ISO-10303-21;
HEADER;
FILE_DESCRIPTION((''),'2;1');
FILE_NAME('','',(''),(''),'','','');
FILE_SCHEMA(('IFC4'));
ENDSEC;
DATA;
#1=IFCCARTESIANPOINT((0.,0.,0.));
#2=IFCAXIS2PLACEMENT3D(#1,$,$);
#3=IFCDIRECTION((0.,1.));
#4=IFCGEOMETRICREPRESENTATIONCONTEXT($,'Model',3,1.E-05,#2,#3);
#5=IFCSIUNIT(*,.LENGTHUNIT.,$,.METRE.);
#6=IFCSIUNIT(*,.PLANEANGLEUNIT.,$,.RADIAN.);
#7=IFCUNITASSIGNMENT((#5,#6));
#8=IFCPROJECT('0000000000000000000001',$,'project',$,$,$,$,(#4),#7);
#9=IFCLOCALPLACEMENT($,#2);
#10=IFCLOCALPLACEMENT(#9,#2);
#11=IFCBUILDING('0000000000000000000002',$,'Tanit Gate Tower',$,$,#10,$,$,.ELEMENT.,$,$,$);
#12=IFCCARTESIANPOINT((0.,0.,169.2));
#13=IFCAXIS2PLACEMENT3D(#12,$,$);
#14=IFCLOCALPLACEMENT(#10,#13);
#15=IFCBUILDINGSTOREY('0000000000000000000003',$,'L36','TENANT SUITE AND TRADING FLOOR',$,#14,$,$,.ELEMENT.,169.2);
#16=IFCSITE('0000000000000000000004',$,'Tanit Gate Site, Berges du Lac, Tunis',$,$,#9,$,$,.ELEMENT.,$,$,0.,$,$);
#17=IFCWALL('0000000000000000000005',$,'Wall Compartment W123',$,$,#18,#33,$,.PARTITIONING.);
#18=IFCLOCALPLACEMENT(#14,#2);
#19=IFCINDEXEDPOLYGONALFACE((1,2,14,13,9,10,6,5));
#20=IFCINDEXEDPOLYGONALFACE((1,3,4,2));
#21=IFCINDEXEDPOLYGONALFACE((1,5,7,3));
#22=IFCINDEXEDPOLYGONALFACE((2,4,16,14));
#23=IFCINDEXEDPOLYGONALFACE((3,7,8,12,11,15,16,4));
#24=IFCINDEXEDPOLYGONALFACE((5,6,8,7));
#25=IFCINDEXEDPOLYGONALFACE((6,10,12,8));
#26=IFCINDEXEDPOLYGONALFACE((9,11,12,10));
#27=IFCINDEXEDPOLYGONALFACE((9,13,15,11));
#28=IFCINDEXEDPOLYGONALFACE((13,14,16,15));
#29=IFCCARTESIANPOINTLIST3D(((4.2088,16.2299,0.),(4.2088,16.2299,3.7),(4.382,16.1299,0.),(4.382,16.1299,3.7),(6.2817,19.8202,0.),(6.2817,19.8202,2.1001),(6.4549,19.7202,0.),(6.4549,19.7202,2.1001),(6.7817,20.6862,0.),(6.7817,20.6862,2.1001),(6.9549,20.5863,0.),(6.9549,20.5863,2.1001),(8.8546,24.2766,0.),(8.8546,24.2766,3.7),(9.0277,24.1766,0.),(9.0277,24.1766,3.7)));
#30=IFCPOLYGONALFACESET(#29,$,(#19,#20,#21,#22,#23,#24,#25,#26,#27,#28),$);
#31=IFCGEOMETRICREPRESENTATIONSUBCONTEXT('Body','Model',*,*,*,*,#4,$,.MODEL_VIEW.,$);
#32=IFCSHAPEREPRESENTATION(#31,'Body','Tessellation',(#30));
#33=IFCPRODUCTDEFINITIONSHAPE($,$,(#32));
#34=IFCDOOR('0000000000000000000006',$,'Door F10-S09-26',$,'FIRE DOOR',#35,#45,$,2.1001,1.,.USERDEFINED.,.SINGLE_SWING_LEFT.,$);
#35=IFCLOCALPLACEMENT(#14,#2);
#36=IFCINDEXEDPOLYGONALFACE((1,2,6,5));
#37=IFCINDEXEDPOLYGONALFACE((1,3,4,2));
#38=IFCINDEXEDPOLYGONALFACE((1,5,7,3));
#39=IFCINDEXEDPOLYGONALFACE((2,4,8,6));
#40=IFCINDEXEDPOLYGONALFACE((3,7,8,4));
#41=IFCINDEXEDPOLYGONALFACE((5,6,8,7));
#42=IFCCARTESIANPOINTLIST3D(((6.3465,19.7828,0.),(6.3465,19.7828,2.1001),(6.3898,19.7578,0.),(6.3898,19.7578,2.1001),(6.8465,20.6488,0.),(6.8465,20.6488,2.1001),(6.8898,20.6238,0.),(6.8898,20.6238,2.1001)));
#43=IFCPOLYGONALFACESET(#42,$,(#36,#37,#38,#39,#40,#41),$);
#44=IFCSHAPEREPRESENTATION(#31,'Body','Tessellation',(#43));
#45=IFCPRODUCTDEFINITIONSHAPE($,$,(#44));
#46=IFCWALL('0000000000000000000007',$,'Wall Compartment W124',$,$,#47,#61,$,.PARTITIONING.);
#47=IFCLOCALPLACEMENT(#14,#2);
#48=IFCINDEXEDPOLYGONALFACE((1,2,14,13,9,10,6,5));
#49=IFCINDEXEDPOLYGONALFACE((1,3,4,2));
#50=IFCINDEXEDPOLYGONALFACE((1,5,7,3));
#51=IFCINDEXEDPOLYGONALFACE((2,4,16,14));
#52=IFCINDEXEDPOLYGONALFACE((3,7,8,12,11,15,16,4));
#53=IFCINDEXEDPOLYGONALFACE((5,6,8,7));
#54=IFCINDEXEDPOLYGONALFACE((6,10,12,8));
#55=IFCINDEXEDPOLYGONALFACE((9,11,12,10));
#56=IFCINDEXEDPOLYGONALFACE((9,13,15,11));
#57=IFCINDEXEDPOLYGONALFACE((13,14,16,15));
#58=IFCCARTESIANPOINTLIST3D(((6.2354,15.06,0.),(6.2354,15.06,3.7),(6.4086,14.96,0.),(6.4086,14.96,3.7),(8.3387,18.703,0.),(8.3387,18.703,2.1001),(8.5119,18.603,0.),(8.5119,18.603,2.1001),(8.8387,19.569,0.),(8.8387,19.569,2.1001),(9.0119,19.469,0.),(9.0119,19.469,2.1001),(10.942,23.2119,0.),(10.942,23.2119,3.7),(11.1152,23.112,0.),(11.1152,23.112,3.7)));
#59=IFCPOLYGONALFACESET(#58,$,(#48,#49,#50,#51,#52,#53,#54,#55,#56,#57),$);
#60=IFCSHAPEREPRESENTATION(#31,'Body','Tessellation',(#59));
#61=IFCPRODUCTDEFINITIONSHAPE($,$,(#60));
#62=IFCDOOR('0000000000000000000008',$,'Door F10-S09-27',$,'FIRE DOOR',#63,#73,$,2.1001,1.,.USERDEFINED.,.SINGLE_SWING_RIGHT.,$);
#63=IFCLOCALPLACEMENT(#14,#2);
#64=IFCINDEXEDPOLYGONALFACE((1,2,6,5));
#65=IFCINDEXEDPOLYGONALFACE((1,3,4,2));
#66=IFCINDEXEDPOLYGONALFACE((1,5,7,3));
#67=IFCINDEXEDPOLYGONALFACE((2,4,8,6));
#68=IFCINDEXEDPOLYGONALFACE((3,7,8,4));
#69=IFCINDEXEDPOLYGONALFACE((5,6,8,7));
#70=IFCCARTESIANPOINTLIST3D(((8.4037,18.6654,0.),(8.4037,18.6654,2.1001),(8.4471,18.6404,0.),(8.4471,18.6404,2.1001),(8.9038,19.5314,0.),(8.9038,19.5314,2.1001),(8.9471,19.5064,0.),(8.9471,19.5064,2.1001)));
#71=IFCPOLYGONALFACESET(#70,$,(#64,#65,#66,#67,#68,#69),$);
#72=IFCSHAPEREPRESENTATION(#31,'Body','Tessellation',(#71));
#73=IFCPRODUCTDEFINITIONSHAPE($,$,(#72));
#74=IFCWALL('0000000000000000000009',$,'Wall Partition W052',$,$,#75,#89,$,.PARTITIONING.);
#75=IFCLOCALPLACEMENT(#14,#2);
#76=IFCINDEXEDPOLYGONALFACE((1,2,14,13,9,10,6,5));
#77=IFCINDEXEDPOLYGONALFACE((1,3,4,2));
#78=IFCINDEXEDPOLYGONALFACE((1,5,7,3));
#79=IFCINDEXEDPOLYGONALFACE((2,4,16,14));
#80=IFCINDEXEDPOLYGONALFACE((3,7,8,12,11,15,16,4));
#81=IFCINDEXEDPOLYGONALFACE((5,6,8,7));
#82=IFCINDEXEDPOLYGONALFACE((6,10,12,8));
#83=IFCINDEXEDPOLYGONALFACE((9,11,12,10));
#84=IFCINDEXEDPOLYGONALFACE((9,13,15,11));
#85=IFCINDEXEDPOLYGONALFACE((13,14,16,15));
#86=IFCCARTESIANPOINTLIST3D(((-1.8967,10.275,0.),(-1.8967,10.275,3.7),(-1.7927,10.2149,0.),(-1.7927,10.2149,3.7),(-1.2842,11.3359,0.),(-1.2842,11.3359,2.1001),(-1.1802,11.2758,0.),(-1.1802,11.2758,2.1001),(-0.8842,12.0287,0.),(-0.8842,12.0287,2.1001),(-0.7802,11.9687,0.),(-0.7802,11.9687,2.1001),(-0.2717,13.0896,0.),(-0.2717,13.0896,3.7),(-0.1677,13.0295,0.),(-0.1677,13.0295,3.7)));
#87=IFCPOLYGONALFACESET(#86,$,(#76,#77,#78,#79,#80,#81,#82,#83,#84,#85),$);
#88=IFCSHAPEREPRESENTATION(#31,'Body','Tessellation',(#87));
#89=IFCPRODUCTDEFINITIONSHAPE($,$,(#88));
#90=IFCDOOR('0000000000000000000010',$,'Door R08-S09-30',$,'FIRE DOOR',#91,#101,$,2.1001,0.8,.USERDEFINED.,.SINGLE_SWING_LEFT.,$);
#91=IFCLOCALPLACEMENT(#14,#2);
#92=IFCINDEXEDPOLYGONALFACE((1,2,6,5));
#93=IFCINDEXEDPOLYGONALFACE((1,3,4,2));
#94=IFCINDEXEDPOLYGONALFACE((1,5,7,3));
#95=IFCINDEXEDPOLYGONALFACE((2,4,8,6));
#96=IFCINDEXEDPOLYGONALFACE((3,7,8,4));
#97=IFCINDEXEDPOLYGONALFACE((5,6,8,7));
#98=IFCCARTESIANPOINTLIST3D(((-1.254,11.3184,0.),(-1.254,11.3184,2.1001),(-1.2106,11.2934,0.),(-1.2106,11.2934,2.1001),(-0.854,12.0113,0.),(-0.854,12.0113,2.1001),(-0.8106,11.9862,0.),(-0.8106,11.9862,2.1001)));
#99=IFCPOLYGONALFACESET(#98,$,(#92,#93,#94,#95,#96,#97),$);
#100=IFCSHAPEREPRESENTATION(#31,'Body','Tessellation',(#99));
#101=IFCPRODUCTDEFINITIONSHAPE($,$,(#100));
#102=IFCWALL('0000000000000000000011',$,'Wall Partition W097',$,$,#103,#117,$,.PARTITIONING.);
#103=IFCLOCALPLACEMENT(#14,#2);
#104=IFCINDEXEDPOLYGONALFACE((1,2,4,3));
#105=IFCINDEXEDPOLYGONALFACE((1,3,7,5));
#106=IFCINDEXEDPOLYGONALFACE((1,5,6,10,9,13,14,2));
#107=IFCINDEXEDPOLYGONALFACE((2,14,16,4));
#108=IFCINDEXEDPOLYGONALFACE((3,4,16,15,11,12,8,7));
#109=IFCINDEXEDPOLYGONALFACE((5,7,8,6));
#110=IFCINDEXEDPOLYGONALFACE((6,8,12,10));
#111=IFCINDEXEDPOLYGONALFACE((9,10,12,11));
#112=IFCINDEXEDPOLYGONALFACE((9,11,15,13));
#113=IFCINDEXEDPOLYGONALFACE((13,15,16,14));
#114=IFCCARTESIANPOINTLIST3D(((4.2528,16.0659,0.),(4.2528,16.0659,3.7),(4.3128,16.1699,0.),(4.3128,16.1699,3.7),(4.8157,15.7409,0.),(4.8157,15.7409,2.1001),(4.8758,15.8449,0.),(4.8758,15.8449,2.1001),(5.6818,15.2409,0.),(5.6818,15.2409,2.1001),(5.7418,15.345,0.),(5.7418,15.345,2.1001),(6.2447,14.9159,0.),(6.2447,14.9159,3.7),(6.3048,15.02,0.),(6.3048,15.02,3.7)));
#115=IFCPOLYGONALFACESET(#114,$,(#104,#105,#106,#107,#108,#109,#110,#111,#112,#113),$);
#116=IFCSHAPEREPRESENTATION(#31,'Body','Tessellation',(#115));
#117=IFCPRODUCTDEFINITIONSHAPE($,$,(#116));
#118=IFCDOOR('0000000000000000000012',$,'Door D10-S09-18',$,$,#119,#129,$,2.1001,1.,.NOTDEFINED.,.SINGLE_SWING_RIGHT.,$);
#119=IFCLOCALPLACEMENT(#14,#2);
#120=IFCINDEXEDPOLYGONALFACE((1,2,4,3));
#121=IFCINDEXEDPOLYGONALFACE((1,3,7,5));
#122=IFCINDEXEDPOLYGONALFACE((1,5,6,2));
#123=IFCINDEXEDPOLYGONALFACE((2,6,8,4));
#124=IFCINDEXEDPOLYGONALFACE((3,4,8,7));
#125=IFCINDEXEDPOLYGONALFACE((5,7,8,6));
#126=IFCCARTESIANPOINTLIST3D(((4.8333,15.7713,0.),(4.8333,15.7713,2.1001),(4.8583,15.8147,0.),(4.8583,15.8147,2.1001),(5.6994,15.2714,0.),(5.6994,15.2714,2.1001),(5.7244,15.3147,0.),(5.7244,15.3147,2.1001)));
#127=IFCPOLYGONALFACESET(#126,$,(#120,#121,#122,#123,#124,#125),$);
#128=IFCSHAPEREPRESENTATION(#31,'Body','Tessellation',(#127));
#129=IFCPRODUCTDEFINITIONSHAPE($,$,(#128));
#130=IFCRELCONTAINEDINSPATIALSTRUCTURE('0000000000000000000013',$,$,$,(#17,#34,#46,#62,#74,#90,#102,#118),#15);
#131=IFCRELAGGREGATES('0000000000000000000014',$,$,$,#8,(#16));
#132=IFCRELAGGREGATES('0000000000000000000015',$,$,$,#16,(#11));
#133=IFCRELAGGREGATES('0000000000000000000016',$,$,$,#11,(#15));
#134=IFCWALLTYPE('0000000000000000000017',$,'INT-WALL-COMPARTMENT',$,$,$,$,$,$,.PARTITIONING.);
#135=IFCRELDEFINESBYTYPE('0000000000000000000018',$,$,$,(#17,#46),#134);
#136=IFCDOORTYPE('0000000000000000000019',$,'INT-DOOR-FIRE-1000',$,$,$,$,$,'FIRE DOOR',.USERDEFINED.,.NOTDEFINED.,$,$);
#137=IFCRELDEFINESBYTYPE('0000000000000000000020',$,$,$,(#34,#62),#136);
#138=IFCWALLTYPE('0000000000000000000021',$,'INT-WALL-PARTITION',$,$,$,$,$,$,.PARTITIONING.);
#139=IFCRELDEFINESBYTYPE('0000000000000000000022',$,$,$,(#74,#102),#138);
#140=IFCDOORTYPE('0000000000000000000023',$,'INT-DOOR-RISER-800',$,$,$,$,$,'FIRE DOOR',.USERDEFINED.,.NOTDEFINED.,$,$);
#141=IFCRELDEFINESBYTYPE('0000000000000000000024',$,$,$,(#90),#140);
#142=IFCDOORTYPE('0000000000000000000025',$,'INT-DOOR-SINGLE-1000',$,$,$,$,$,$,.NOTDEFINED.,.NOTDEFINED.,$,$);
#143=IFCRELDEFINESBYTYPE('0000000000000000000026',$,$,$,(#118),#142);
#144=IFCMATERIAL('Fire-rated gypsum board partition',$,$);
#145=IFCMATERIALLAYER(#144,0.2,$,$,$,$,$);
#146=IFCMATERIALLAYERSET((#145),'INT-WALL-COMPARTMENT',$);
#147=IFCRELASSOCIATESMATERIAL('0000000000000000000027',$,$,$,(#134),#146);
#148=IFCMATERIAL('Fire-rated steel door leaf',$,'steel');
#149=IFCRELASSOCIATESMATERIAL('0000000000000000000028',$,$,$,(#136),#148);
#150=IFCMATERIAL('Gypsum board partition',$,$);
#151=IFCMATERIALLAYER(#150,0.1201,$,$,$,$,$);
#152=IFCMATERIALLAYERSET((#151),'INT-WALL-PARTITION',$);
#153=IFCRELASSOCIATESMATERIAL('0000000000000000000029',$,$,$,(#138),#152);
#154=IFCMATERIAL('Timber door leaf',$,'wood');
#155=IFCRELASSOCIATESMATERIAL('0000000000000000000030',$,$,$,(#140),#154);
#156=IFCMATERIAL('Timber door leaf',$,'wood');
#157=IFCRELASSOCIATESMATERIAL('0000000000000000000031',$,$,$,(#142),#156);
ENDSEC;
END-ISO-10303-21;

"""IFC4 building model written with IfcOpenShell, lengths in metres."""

from ifc_helpers import new_model, si_unit, direction, frame, frame_2d, origin, place, context, subcontext, project, spatial, rectangle, extrude, material, layer, layer_set, type_object, element, fill, save


model = new_model("IFC4")

# Units and contexts
model_context = context("Model", 3, precision=1e-05, world=origin(), true_north=direction((0.0, 1.0)))
body_context = subcontext(model_context, "Body", "Model", "MODEL_VIEW")
ifc_project = project(units=[si_unit("LENGTHUNIT", "METRE"), si_unit("PLANEANGLEUNIT", "RADIAN")], contexts=[model_context])

# Site, building, storey
site_placement = place(None, origin())
site = spatial("IfcSite", under=ifc_project, at=site_placement, Name="Tanit Gate Site, Berges du Lac, Tunis", CompositionType="ELEMENT", RefElevation=0.0)
building_placement = place(site_placement, origin())
building = spatial("IfcBuilding", under=site, at=building_placement, Name="Tanit Gate Tower", CompositionType="ELEMENT")
storey_placement = place(building_placement, frame((0.0, 0.0, 169.2)))
storey = spatial("IfcBuildingStorey", under=building, at=storey_placement, Name="L36", Description="TENANT SUITE AND TRADING FLOOR", CompositionType="ELEMENT", Elevation=169.2)

# Shared definitions
ifc_material_1 = material(Name="Fire-rated gypsum board partition")
ifc_layer_1 = layer(ifc_material_1, 0.2)
ifc_layer_set_1 = layer_set([ifc_layer_1], Name="INT-WALL-COMPARTMENT")
wall_type_1 = type_object("IfcWallType", Name="INT-WALL-COMPARTMENT", PredefinedType="PARTITIONING", material=ifc_layer_set_1)

# Walls, openings, doors
wall_1_placement = place(storey_placement, frame((8.9412, 24.2266, 0.0), z_axis=(0.0, 0.0, 1.0), x_axis=(-0.500002, -0.866024, 0.0)))
wall_1 = element("IfcWall", 1, at=wall_1_placement, inside=storey, type_object=wall_type_1, Name="Wall Compartment W123", PredefinedType="PARTITIONING", context=body_context, shape_type="SweptSolid", body=[
    extrude(rectangle(XDim=9.2915, YDim=0.2, at=frame_2d((4.6458, 0.0))), origin(), (0.0, 0.0, 1.0), 3.7),
])
opening_1_placement = place(wall_1_placement, frame((4.1458, 0.0, 0.0)))
opening_1 = element("IfcOpeningElement", 2, at=opening_1_placement, cuts=wall_1, PredefinedType="OPENING", context=body_context, shape_type="SweptSolid", body=[
    extrude(rectangle(XDim=1.0, YDim=2.1001, at=frame_2d((0.5, 1.05))), frame((0.0, 0.1099, 0.0), z_axis=(0.0, -1.0, 0.0), x_axis=(1.0, 0.0, 0.0)), (0.0, 0.0, 1.0), 0.22),
])
ifc_material_2 = material(Name="Fire-rated steel door leaf", Category="steel")
door_type_1 = type_object("IfcDoorType", Name="INT-DOOR-FIRE-1000", ElementType="FIRE DOOR", OperationType="NOTDEFINED", PredefinedType="USERDEFINED", material=ifc_material_2)
door_1_placement = place(opening_1_placement, origin())
door_1 = element("IfcDoor", 3, at=door_1_placement, inside=storey, type_object=door_type_1, Name="Door F10-S09-26", ObjectType="FIRE DOOR", OperationType="SINGLE_SWING_LEFT", OverallHeight=2.1001, OverallWidth=1.0, PredefinedType="USERDEFINED", context=body_context, shape_type="SweptSolid", body=[
    extrude(rectangle(XDim=1.0, YDim=2.1001, at=frame_2d((0.5, 1.05))), frame((0.0, 0.0249, 0.0), z_axis=(0.0, -1.0, 0.0), x_axis=(1.0, 0.0, 0.0)), (0.0, 0.0, 1.0), 0.05),
])
fill(opening_1, door_1)
wall_2_placement = place(storey_placement, frame((6.322, 15.01, 0.0), z_axis=(0.0, 0.0, 1.0), x_axis=(0.500005, 0.866022, 0.0)))
wall_2 = element("IfcWall", 4, at=wall_2_placement, inside=storey, type_object=wall_type_1, Name="Wall Compartment W124", PredefinedType="PARTITIONING", context=body_context, shape_type="SweptSolid", body=[
    extrude(rectangle(XDim=9.4131, YDim=0.2, at=frame_2d((4.7065, 0.0))), origin(), (0.0, 0.0, 1.0), 3.7),
])
opening_2_placement = place(wall_2_placement, frame((4.2065, 0.0, 0.0)))
opening_2 = element("IfcOpeningElement", 5, at=opening_2_placement, cuts=wall_2, PredefinedType="OPENING", context=body_context, shape_type="SweptSolid", body=[
    extrude(rectangle(XDim=1.0, YDim=2.1001, at=frame_2d((0.5, 1.05))), frame((0.0, 0.1099, 0.0), z_axis=(0.0, -1.0, 0.0), x_axis=(1.0, 0.0, 0.0)), (0.0, 0.0, 1.0), 0.22),
])
door_2_placement = place(opening_2_placement, origin())
door_2 = element("IfcDoor", 6, at=door_2_placement, inside=storey, type_object=door_type_1, Name="Door F10-S09-27", ObjectType="FIRE DOOR", OperationType="SINGLE_SWING_RIGHT", OverallHeight=2.1001, OverallWidth=1.0, PredefinedType="USERDEFINED", context=body_context, shape_type="SweptSolid", body=[
    extrude(rectangle(XDim=1.0, YDim=2.1001, at=frame_2d((0.5, 1.05))), frame((0.0, 0.0249, 0.0), z_axis=(0.0, -1.0, 0.0), x_axis=(1.0, 0.0, 0.0)), (0.0, 0.0, 1.0), 0.05),
])
fill(opening_2, door_2)
ifc_material_3 = material(Name="Gypsum board partition")
ifc_layer_2 = layer(ifc_material_3, 0.1201)
ifc_layer_set_2 = layer_set([ifc_layer_2], Name="INT-WALL-PARTITION")
wall_type_2 = type_object("IfcWallType", Name="INT-WALL-PARTITION", PredefinedType="PARTITIONING", material=ifc_layer_set_2)
wall_3_placement = place(storey_placement, frame((-0.2197, 13.0596, 0.0), z_axis=(0.0, 0.0, 1.0), x_axis=(-0.499985, -0.866034, 0.0)))
wall_3 = element("IfcWall", 7, at=wall_3_placement, inside=storey, type_object=wall_type_2, Name="Wall Partition W052", PredefinedType="PARTITIONING", context=body_context, shape_type="SweptSolid", body=[
    extrude(rectangle(XDim=3.25, YDim=0.1201, at=frame_2d((1.625, 0.0))), origin(), (0.0, 0.0, 1.0), 3.7),
])
opening_3_placement = place(wall_3_placement, frame((1.2251, 0.0, 0.0)))
opening_3 = element("IfcOpeningElement", 8, at=opening_3_placement, cuts=wall_3, PredefinedType="OPENING", context=body_context, shape_type="SweptSolid", body=[
    extrude(rectangle(XDim=0.8, YDim=2.1001, at=frame_2d((0.3999, 1.05))), frame((0.0, 0.0701, 0.0), z_axis=(0.0, -1.0, 0.0), x_axis=(1.0, 0.0, 0.0)), (0.0, 0.0, 1.0), 0.1401),
])
ifc_material_4 = material(Name="Timber door leaf", Category="wood")
door_type_2 = type_object("IfcDoorType", Name="INT-DOOR-RISER-800", ElementType="FIRE DOOR", OperationType="NOTDEFINED", PredefinedType="USERDEFINED", material=ifc_material_4)
door_3_placement = place(opening_3_placement, origin())
door_3 = element("IfcDoor", 9, at=door_3_placement, inside=storey, type_object=door_type_2, Name="Door R08-S09-30", ObjectType="FIRE DOOR", OperationType="SINGLE_SWING_LEFT", OverallHeight=2.1001, OverallWidth=0.8, PredefinedType="USERDEFINED", context=body_context, shape_type="SweptSolid", body=[
    extrude(rectangle(XDim=0.8, YDim=2.1001, at=frame_2d((0.3999, 1.05))), frame((0.0, 0.0249, 0.0), z_axis=(0.0, -1.0, 0.0), x_axis=(1.0, 0.0, 0.0)), (0.0, 0.0, 1.0), 0.05),
])
fill(opening_3, door_3)
wall_4_placement = place(storey_placement, frame((6.2747, 14.968, 0.0), z_axis=(0.0, 0.0, 1.0), x_axis=(-0.866053, 0.499952, 0.0)))
wall_4 = element("IfcWall", 10, at=wall_4_placement, inside=storey, type_object=wall_type_2, Name="Wall Partition W097", PredefinedType="PARTITIONING", context=body_context, shape_type="SweptSolid", body=[
    extrude(rectangle(XDim=2.3, YDim=0.1201, at=frame_2d((1.1499, 0.0))), origin(), (0.0, 0.0, 1.0), 3.7),
])
opening_4_placement = place(wall_4_placement, frame((0.6499, 0.0, 0.0)))
opening_4 = element("IfcOpeningElement", 11, at=opening_4_placement, cuts=wall_4, PredefinedType="OPENING", context=body_context, shape_type="SweptSolid", body=[
    extrude(rectangle(XDim=1.0, YDim=2.1001, at=frame_2d((0.5, 1.05))), frame((0.0, 0.0701, 0.0), z_axis=(0.0, -1.0, 0.0), x_axis=(1.0, 0.0, 0.0)), (0.0, 0.0, 1.0), 0.1401),
])
ifc_material_5 = material(Name="Timber door leaf", Category="wood")
door_type_3 = type_object("IfcDoorType", Name="INT-DOOR-SINGLE-1000", OperationType="NOTDEFINED", PredefinedType="NOTDEFINED", material=ifc_material_5)
door_4_placement = place(opening_4_placement, origin())
door_4 = element("IfcDoor", 12, at=door_4_placement, inside=storey, type_object=door_type_3, Name="Door D10-S09-18", OperationType="SINGLE_SWING_RIGHT", OverallHeight=2.1001, OverallWidth=1.0, PredefinedType="NOTDEFINED", context=body_context, shape_type="SweptSolid", body=[
    extrude(rectangle(XDim=1.0, YDim=2.1001, at=frame_2d((0.5, 1.05))), frame((0.0, 0.0249, 0.0), z_axis=(0.0, -1.0, 0.0), x_axis=(1.0, 0.0, 0.0)), (0.0, 0.0, 1.0), 0.05),
])
fill(opening_4, door_4)

save(model, "model.ifc")
